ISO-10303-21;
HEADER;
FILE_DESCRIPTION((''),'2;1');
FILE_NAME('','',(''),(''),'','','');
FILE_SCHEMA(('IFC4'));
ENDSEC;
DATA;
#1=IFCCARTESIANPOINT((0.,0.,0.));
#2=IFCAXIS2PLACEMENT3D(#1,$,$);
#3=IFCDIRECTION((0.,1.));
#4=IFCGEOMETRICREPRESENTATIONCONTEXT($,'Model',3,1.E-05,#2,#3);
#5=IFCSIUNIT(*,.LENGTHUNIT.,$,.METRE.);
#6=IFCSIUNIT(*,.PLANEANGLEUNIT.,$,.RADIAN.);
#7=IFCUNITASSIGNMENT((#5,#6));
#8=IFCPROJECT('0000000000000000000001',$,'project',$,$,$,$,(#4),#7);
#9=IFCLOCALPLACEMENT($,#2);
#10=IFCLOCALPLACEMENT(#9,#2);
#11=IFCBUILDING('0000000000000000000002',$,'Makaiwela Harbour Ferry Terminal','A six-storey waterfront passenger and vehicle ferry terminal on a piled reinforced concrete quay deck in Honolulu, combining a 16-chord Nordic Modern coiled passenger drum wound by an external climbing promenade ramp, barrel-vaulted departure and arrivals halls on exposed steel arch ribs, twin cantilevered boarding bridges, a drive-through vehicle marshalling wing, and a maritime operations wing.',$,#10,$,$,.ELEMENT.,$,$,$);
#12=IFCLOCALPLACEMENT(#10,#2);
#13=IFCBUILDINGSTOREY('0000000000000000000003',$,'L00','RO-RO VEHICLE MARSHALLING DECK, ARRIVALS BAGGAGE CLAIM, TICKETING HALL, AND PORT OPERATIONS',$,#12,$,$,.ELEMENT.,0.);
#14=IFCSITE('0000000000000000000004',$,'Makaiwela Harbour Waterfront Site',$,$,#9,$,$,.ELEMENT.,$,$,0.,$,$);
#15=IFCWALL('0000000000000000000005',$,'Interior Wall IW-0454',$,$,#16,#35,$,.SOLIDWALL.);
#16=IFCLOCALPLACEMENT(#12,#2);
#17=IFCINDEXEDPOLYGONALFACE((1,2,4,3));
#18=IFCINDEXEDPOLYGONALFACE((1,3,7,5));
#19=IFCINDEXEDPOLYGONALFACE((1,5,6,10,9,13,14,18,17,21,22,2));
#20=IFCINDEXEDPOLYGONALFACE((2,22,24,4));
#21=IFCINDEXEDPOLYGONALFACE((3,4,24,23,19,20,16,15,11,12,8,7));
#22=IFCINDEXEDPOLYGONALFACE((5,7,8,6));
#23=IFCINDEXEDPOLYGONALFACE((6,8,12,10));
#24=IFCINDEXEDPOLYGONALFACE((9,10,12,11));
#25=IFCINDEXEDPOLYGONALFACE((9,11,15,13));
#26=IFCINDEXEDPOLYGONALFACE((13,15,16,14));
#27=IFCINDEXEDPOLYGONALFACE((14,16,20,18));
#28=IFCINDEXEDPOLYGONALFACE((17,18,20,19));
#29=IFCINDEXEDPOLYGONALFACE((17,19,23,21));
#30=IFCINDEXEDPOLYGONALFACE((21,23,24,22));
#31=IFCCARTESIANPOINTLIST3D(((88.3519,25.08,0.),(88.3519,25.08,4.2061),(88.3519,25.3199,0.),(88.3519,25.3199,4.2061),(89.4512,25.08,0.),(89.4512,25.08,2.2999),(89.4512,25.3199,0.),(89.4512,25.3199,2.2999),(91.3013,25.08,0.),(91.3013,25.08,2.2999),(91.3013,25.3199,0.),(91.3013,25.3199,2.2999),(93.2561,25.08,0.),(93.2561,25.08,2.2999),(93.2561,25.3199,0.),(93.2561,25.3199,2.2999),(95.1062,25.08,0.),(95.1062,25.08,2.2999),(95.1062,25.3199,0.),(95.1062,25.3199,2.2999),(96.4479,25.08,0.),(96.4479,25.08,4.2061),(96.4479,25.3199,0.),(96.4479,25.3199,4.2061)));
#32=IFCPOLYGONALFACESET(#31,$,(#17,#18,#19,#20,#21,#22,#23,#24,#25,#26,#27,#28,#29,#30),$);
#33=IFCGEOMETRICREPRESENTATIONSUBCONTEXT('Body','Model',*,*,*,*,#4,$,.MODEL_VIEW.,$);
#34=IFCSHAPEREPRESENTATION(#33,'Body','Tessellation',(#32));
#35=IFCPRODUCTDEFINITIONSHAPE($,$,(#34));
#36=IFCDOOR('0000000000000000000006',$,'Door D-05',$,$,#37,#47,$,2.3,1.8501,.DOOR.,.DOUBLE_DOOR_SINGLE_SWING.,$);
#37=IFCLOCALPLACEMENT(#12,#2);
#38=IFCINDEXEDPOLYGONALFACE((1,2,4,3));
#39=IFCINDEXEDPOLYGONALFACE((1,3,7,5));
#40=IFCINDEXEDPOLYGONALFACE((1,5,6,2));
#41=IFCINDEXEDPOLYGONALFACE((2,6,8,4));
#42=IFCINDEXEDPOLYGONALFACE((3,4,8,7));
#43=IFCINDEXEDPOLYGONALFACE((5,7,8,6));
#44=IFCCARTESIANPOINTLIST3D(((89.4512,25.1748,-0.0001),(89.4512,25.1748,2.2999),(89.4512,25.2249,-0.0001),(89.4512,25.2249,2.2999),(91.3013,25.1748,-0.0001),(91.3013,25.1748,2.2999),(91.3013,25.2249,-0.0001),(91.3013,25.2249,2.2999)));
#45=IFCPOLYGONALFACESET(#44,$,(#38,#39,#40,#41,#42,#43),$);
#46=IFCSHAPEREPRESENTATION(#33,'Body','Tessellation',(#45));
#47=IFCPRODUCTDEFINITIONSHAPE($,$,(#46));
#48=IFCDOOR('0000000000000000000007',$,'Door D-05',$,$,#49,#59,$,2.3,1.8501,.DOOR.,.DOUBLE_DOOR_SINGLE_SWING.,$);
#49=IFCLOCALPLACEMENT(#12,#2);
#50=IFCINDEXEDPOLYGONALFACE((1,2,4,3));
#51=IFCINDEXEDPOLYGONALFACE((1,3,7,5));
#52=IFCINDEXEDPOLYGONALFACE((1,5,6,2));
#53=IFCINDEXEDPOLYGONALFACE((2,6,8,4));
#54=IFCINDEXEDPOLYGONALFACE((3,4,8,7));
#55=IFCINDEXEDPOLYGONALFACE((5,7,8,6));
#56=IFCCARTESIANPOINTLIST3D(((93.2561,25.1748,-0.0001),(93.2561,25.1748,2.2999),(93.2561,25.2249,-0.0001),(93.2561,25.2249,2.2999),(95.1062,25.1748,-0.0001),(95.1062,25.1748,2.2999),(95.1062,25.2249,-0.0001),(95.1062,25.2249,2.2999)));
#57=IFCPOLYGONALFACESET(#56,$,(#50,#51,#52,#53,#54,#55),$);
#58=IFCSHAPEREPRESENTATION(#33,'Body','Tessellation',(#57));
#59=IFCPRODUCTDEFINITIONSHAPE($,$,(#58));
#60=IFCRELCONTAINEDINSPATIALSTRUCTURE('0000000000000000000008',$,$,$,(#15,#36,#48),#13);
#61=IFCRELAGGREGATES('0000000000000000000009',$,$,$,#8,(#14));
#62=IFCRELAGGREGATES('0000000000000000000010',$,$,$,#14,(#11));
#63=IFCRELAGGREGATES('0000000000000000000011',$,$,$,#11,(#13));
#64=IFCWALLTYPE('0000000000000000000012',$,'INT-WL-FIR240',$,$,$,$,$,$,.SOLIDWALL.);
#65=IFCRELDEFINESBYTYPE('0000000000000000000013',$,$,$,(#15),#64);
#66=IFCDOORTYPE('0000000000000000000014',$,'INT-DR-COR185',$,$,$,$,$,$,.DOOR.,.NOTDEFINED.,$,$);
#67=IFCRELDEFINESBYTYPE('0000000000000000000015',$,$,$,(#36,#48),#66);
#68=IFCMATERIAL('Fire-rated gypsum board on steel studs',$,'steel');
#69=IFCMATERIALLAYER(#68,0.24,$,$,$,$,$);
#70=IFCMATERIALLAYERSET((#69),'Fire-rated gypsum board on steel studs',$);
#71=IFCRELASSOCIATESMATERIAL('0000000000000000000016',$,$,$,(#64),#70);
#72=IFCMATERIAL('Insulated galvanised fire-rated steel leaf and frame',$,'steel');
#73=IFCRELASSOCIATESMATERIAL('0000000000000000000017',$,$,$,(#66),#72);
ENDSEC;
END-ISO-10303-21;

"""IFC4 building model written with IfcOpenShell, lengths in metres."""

from ifc_helpers import new_model, si_unit, direction, frame, frame_2d, origin, place, context, subcontext, project, spatial, rectangle, extrude, material, layer, layer_set, type_object, element, fill, save


model = new_model("IFC4")

# Units and contexts
model_context = context("Model", 3, precision=1e-05, world=origin(), true_north=direction((0.0, 1.0)))
body_context = subcontext(model_context, "Body", "Model", "MODEL_VIEW")
ifc_project = project(units=[si_unit("LENGTHUNIT", "METRE"), si_unit("PLANEANGLEUNIT", "RADIAN")], contexts=[model_context])

# Site, building, storey
site_placement = place(None, origin())
site = spatial("IfcSite", under=ifc_project, at=site_placement, Name="Makaiwela Harbour Waterfront Site", CompositionType="ELEMENT", RefElevation=0.0)
building_placement = place(site_placement, origin())
building = spatial("IfcBuilding", under=site, at=building_placement, Name="Makaiwela Harbour Ferry Terminal", Description="A six-storey waterfront passenger and vehicle ferry terminal on a piled reinforced concrete quay deck in Honolulu, combining a 16-chord Nordic Modern coiled passenger drum wound by an external climbing promenade ramp, barrel-vaulted departure and arrivals halls on exposed steel arch ribs, twin cantilevered boarding bridges, a drive-through vehicle marshalling wing, and a maritime operations wing.", CompositionType="ELEMENT")
storey_placement = place(building_placement, origin())
storey = spatial("IfcBuildingStorey", under=building, at=storey_placement, Name="L00", Description="RO-RO VEHICLE MARSHALLING DECK, ARRIVALS BAGGAGE CLAIM, TICKETING HALL, AND PORT OPERATIONS", CompositionType="ELEMENT", Elevation=0.0)

# Wall, openings, doors
ifc_material_1 = material(Name="Fire-rated gypsum board on steel studs", Category="steel")
ifc_layer_1 = layer(ifc_material_1, 0.24)
ifc_layer_set_1 = layer_set([ifc_layer_1], Name="Fire-rated gypsum board on steel studs")
wall_type = type_object("IfcWallType", Name="INT-WL-FIR240", PredefinedType="SOLIDWALL", material=ifc_layer_set_1)
wall_placement = place(storey_placement, frame((88.3521, 25.2, 0.0), z_axis=(0.0, 0.0, 1.0), x_axis=(1.0, 0.0, 0.0)))
wall = element("IfcWall", 1, at=wall_placement, inside=storey, type_object=wall_type, Name="Interior Wall IW-0454", PredefinedType="SOLIDWALL", context=body_context, shape_type="SweptSolid", body=[
    extrude(rectangle(XDim=8.0959, YDim=0.24, at=frame_2d((4.0479, 0.0))), origin(), (0.0, 0.0, 1.0), 4.2061),
])
opening_1_placement = place(wall_placement, frame((1.0991, 0.0, 0.0)))
opening_1 = element("IfcOpeningElement", 2, at=opening_1_placement, cuts=wall, PredefinedType="OPENING", context=body_context, shape_type="SweptSolid", body=[
    extrude(rectangle(XDim=1.8501, YDim=2.3, at=frame_2d((0.925, 1.1499))), frame((0.0, 0.1299, 0.0), z_axis=(0.0, -1.0, 0.0), x_axis=(1.0, 0.0, 0.0)), (0.0, 0.0, 1.0), 0.26),
])
opening_2_placement = place(wall_placement, frame((4.9041, 0.0, 0.0)))
opening_2 = element("IfcOpeningElement", 3, at=opening_2_placement, cuts=wall, PredefinedType="OPENING", context=body_context, shape_type="SweptSolid", body=[
    extrude(rectangle(XDim=1.8501, YDim=2.3, at=frame_2d((0.925, 1.1499))), frame((0.0, 0.1299, 0.0), z_axis=(0.0, -1.0, 0.0), x_axis=(1.0, 0.0, 0.0)), (0.0, 0.0, 1.0), 0.26),
])
ifc_material_2 = material(Name="Insulated galvanised fire-rated steel leaf and frame", Category="steel")
door_type = type_object("IfcDoorType", Name="INT-DR-COR185", OperationType="NOTDEFINED", PredefinedType="DOOR", material=ifc_material_2)
door_1_placement = place(opening_1_placement, origin())
door_1 = element("IfcDoor", 4, at=door_1_placement, inside=storey, type_object=door_type, Name="Door D-05", OperationType="DOUBLE_DOOR_SINGLE_SWING", OverallHeight=2.3, OverallWidth=1.8501, PredefinedType="DOOR", context=body_context, shape_type="SweptSolid", body=[
    extrude(rectangle(XDim=1.8501, YDim=2.3, at=frame_2d((0.925, 1.1499))), frame((0.0, 0.0249, 0.0), z_axis=(0.0, -1.0, 0.0), x_axis=(1.0, 0.0, 0.0)), (0.0, 0.0, 1.0), 0.05),
])
fill(opening_1, door_1)
door_2_placement = place(opening_2_placement, origin())
door_2 = element("IfcDoor", 5, at=door_2_placement, inside=storey, type_object=door_type, Name="Door D-05", OperationType="DOUBLE_DOOR_SINGLE_SWING", OverallHeight=2.3, OverallWidth=1.8501, PredefinedType="DOOR", context=body_context, shape_type="SweptSolid", body=[
    extrude(rectangle(XDim=1.8501, YDim=2.3, at=frame_2d((0.925, 1.1499))), frame((0.0, 0.0249, 0.0), z_axis=(0.0, -1.0, 0.0), x_axis=(1.0, 0.0, 0.0)), (0.0, 0.0, 1.0), 0.05),
])
fill(opening_2, door_2)

save(model, "model.ifc")
